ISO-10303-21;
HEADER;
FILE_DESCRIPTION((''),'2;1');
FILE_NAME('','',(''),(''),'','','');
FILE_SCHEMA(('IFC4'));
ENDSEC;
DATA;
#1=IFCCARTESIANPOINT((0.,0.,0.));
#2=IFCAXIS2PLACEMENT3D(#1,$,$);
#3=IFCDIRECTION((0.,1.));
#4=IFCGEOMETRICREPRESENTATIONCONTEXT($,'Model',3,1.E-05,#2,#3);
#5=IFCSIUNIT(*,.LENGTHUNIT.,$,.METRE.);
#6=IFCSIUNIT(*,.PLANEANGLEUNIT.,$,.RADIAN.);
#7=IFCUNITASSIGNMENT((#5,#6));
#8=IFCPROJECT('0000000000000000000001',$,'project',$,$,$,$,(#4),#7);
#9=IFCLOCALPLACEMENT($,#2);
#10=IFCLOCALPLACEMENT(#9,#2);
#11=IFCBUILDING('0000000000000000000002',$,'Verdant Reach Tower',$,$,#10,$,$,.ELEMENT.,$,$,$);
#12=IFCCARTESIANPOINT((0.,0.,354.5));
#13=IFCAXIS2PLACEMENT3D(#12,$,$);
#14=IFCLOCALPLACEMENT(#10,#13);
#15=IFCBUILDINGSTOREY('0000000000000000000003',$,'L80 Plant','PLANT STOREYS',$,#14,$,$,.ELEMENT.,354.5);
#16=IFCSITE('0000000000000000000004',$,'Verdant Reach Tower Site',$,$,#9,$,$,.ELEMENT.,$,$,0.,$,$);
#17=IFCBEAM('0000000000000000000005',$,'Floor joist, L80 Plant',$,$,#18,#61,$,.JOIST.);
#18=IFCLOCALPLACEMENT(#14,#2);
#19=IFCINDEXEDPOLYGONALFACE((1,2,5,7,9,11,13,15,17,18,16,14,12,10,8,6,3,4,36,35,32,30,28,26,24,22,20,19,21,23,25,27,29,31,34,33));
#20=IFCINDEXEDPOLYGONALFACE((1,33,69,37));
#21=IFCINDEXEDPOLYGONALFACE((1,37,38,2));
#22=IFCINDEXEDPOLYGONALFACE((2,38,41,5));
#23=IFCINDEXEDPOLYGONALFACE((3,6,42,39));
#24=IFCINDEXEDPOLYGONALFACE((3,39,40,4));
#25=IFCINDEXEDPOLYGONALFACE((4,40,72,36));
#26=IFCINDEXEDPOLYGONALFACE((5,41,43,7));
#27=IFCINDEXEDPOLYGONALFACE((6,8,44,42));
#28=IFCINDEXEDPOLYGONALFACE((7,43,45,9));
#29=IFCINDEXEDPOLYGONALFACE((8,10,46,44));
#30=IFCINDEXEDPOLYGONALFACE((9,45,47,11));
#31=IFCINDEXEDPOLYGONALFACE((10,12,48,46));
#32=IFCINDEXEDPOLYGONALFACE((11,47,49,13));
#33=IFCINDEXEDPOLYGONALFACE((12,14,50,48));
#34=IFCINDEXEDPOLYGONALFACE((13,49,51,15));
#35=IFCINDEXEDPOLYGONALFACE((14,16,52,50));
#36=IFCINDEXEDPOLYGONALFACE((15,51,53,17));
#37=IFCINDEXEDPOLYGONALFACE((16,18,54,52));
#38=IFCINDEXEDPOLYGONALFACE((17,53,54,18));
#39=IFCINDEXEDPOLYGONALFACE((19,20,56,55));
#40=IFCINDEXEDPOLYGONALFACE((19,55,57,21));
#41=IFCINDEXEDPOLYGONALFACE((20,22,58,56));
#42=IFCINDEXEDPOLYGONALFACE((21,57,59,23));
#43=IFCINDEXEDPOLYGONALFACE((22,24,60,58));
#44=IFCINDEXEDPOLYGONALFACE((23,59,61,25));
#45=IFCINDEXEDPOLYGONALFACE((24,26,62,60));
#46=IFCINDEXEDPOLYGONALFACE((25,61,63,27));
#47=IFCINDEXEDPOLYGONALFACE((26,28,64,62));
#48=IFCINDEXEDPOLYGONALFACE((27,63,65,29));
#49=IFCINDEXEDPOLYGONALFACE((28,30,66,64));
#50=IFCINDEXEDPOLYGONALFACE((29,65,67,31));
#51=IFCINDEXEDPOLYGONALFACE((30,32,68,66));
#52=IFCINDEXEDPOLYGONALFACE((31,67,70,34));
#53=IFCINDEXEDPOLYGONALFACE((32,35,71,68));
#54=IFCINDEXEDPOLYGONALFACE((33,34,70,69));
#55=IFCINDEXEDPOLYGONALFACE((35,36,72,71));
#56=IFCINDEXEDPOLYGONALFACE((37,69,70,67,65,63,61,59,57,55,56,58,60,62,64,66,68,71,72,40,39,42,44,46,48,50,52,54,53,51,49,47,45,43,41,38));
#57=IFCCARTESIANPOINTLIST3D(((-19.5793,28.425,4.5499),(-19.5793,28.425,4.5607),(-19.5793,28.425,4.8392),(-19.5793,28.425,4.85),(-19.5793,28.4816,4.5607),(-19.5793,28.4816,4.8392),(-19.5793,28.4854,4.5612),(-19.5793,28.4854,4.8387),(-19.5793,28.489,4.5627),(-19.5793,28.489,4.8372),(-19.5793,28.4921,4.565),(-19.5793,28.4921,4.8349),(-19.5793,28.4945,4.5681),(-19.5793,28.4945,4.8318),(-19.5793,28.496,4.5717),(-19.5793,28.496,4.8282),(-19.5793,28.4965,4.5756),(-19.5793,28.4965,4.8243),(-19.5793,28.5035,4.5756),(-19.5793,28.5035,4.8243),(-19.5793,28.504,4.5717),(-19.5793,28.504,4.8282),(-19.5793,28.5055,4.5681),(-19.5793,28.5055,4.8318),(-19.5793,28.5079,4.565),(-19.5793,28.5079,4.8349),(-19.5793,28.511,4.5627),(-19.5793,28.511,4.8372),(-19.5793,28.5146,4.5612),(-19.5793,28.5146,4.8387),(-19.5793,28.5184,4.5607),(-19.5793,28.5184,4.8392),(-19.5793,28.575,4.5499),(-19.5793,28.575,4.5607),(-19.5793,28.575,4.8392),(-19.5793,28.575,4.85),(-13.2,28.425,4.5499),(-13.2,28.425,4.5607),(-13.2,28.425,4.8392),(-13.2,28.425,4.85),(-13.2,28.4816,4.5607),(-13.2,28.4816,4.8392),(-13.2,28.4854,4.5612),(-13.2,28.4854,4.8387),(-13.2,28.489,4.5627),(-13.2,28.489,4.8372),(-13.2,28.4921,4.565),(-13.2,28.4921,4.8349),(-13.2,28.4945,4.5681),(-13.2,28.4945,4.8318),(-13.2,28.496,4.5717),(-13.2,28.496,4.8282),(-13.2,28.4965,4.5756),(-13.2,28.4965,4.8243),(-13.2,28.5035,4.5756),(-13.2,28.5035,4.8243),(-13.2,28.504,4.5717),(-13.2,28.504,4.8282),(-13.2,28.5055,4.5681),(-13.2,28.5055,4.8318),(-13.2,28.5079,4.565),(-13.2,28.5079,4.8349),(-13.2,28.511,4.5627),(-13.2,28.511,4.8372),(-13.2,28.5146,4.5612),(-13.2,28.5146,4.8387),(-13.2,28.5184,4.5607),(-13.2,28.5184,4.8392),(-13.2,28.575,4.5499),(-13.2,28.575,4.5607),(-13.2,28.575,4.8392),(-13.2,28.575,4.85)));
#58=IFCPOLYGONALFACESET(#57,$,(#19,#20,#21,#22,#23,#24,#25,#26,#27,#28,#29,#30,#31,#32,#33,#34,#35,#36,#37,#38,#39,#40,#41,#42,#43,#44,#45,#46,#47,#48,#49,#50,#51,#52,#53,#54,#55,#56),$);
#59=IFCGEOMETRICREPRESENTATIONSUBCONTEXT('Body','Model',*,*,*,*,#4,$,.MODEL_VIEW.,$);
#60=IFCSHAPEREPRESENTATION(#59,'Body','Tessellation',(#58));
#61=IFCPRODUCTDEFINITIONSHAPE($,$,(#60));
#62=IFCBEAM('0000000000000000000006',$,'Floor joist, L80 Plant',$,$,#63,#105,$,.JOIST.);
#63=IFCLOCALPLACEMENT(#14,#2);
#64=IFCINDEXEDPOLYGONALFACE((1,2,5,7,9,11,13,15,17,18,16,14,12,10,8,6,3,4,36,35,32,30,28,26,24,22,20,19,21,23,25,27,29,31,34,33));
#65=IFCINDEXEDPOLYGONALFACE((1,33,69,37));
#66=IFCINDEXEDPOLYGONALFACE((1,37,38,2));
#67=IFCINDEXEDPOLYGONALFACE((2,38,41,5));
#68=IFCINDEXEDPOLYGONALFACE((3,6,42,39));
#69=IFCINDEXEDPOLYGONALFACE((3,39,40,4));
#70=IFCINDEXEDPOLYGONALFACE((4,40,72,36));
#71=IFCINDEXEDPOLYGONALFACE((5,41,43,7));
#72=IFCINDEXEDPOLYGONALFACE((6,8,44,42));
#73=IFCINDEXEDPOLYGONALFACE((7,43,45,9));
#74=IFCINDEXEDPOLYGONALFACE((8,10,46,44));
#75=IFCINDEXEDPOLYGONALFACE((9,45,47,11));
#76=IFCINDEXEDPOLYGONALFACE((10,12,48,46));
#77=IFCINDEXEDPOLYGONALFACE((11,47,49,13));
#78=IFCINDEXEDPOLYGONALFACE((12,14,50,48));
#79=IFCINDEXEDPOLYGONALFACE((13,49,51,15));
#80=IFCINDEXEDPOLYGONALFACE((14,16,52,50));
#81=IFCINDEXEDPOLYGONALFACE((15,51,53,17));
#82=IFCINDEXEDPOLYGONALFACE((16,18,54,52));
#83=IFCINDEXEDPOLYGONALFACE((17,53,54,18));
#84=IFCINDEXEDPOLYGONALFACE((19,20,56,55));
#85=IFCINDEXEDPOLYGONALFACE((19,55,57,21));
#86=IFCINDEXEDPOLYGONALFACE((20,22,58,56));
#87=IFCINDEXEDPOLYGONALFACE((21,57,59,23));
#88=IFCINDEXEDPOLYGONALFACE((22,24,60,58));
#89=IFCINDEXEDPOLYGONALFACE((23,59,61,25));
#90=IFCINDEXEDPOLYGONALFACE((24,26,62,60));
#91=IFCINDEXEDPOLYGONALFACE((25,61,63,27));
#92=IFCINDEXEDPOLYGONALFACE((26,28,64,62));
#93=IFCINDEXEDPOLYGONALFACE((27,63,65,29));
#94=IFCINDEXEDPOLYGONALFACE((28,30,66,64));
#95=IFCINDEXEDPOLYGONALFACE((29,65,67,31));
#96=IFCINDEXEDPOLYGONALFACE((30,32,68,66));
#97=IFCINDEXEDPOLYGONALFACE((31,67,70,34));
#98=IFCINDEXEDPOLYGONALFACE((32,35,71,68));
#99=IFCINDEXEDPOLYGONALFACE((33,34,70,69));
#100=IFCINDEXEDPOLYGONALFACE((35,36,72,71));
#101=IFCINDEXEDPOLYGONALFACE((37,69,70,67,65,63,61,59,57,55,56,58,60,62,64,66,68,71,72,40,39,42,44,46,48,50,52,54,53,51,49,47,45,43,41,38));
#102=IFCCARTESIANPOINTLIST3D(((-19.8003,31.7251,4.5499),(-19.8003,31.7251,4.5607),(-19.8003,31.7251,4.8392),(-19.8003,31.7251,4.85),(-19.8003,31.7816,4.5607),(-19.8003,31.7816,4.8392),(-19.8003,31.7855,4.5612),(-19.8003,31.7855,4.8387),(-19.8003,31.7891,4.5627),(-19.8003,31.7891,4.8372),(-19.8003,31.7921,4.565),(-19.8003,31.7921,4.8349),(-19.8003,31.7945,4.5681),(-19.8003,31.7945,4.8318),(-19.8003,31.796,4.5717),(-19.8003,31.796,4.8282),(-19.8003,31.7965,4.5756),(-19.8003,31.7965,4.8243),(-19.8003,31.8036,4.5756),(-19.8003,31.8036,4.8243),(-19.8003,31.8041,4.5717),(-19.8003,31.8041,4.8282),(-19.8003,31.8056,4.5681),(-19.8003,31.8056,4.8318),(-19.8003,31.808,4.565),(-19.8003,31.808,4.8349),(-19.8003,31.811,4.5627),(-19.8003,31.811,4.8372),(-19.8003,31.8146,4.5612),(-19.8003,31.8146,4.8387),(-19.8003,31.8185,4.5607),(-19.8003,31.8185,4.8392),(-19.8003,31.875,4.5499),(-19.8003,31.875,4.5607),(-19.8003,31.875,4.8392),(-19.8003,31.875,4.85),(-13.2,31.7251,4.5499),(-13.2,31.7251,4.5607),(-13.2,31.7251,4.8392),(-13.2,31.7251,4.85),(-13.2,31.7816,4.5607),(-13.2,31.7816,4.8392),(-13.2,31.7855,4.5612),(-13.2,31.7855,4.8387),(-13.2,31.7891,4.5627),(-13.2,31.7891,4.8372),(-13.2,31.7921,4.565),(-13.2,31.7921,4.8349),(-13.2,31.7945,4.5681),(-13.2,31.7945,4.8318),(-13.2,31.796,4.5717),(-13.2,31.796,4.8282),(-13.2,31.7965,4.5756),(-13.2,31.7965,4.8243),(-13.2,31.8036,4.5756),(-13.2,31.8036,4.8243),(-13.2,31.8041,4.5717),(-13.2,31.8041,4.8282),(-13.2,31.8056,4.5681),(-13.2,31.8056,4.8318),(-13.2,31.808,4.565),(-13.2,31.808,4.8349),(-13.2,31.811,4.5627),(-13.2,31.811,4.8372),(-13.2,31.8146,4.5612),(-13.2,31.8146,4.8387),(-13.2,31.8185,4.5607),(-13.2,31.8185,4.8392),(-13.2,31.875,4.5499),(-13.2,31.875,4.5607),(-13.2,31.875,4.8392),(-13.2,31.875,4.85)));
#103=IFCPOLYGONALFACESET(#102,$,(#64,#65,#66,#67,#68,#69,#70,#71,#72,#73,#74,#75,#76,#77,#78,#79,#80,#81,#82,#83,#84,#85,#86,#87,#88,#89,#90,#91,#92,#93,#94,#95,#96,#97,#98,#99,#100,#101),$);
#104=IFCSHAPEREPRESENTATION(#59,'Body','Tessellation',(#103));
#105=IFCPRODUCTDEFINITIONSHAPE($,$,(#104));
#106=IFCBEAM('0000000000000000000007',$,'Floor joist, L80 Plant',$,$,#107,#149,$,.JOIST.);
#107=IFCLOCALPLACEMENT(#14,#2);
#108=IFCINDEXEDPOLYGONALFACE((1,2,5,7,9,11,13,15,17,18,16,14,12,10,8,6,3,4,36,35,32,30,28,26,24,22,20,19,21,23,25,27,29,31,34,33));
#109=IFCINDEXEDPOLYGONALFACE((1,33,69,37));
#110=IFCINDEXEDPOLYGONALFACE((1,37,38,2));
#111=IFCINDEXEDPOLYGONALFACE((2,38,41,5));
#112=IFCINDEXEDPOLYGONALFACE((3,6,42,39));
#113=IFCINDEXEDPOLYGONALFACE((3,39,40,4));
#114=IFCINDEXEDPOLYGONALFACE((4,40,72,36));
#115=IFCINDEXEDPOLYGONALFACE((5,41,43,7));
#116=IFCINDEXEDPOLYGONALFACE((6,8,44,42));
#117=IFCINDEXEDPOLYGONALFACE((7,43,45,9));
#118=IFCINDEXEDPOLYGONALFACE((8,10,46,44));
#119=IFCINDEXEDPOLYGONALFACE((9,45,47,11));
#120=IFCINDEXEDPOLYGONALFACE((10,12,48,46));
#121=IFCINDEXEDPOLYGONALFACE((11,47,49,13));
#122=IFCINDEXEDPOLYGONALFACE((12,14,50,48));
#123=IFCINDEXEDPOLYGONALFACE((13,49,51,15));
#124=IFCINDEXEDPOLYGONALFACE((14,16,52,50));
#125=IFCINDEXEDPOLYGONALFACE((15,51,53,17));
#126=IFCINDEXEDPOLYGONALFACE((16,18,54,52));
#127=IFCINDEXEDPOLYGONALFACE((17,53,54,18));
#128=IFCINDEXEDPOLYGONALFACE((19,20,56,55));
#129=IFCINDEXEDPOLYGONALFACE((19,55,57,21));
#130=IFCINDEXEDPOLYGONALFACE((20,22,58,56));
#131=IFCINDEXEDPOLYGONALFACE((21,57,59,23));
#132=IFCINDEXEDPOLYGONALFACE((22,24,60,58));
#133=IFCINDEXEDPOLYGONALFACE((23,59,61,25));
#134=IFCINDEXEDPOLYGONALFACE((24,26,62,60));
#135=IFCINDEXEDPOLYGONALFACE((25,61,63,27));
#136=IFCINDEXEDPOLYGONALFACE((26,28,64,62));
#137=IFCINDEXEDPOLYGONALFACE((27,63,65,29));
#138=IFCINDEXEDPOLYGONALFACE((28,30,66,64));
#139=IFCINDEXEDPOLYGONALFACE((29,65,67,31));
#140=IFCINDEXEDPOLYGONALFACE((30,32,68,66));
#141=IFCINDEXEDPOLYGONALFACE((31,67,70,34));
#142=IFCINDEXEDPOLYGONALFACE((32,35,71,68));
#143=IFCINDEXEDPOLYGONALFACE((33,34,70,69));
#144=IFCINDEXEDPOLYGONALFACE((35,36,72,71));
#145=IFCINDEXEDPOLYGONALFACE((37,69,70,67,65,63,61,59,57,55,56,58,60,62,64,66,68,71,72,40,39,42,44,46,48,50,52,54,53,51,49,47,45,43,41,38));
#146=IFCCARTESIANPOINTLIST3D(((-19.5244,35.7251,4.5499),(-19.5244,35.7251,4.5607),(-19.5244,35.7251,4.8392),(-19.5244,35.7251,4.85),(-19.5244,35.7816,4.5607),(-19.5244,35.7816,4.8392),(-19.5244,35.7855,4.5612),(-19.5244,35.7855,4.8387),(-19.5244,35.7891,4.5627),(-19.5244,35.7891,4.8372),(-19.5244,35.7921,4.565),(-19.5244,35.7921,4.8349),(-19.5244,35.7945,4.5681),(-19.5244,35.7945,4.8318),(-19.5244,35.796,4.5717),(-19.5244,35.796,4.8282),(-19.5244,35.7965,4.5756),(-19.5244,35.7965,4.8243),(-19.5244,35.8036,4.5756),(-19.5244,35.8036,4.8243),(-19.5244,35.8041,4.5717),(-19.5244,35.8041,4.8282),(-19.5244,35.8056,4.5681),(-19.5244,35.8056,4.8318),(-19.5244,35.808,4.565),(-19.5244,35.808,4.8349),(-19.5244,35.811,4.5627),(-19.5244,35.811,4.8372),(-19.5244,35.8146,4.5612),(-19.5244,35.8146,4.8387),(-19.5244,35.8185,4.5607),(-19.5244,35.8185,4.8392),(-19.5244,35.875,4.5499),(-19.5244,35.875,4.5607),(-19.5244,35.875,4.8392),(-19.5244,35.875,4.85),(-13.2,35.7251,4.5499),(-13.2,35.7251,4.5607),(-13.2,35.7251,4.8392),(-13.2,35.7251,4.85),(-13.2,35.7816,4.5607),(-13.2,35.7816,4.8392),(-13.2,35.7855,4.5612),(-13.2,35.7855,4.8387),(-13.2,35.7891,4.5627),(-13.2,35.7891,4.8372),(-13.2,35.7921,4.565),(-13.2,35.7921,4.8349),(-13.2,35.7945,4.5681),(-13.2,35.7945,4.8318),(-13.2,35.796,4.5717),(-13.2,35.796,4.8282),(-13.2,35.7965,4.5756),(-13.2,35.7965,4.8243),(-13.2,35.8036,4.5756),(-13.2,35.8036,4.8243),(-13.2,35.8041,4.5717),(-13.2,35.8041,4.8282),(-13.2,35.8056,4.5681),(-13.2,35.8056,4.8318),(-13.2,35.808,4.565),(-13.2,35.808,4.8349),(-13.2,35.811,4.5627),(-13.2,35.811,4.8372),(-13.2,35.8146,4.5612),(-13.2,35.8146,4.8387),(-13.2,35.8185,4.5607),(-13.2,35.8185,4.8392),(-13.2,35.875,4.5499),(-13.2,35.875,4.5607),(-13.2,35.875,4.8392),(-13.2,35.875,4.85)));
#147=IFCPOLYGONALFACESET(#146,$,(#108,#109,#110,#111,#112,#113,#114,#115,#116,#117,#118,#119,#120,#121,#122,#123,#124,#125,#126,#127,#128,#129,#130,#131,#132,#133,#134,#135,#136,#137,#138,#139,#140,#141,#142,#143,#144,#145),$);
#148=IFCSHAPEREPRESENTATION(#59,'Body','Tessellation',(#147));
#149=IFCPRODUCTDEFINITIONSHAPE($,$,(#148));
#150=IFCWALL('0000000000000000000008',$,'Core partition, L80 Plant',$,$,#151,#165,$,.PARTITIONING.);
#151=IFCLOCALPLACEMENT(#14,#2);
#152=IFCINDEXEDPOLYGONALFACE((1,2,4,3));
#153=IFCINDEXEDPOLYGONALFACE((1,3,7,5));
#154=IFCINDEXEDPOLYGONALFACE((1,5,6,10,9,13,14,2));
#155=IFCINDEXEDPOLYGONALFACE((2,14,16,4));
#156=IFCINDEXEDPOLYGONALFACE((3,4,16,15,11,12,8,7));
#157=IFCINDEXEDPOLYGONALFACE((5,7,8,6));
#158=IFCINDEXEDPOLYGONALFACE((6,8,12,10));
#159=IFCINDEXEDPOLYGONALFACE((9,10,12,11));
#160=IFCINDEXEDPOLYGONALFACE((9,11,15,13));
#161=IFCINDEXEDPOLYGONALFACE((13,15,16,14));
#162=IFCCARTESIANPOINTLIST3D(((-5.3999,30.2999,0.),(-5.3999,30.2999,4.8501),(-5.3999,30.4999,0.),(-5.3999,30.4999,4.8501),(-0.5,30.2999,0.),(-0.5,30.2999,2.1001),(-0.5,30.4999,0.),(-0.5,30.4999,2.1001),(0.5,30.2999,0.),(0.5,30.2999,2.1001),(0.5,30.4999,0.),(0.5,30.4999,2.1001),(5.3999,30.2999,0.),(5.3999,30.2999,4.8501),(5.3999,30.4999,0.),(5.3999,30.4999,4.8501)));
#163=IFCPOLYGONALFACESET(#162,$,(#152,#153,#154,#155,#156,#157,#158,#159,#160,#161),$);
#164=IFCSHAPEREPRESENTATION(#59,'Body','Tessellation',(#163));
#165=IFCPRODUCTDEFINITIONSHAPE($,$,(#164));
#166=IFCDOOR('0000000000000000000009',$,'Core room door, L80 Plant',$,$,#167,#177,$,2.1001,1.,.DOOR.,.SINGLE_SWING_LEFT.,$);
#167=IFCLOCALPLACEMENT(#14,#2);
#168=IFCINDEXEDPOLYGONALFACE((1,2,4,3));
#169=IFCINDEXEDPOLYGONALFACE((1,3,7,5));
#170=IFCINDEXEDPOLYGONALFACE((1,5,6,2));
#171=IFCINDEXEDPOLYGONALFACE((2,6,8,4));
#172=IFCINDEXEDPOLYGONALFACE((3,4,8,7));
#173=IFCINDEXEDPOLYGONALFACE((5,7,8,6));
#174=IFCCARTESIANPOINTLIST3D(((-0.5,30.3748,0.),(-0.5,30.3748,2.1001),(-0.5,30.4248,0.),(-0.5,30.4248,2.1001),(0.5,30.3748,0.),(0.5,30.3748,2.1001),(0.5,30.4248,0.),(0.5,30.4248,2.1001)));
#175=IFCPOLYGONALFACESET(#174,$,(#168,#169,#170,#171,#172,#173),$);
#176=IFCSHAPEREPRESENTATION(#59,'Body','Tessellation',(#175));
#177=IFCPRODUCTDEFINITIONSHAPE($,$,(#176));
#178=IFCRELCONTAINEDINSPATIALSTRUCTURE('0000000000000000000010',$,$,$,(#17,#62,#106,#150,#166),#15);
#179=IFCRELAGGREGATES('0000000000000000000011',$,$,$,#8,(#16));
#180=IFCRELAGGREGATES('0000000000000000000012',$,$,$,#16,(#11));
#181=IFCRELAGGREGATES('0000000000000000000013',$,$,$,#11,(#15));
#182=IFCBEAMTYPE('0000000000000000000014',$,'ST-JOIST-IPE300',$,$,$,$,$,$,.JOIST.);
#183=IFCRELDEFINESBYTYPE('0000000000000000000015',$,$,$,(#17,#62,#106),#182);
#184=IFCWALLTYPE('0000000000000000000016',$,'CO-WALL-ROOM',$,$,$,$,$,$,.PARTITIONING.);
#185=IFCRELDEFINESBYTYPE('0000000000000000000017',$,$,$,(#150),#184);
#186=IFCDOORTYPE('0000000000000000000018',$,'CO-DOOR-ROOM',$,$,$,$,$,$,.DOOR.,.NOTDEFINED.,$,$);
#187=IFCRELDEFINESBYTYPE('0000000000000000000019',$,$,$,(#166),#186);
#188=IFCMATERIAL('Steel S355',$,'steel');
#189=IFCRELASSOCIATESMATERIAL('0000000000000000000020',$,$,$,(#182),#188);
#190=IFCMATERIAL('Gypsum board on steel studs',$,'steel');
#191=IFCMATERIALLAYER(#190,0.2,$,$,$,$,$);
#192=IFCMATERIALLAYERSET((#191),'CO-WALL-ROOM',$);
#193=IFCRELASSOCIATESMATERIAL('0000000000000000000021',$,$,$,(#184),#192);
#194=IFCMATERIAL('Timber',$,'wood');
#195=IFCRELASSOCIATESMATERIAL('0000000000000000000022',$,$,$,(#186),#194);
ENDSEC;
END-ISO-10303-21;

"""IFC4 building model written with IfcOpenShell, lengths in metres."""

from ifc_helpers import new_model, si_unit, direction, frame, frame_2d, origin, origin_2d, place, context, subcontext, project, spatial, rectangle, i_section, extrude, material, layer, layer_set, material_profile, profile_set, type_object, element, fill, save


model = new_model("IFC4")

# Units and contexts
model_context = context("Model", 3, precision=1e-05, world=origin(), true_north=direction((0.0, 1.0)))
body_context = subcontext(model_context, "Body", "Model", "MODEL_VIEW")
ifc_project = project(units=[si_unit("LENGTHUNIT", "METRE"), si_unit("PLANEANGLEUNIT", "RADIAN")], contexts=[model_context])

# Site, building, storey
site_placement = place(None, origin())
site = spatial("IfcSite", under=ifc_project, at=site_placement, Name="Verdant Reach Tower Site", CompositionType="ELEMENT", RefElevation=0.0)
building_placement = place(site_placement, origin())
building = spatial("IfcBuilding", under=site, at=building_placement, Name="Verdant Reach Tower", CompositionType="ELEMENT")
storey_placement = place(building_placement, frame((0.0, 0.0, 354.5)))
storey = spatial("IfcBuildingStorey", under=building, at=storey_placement, Name="L80 Plant", Description="PLANT STOREYS", CompositionType="ELEMENT", Elevation=354.5)

# Beams
ifc_material_1 = material(Name="Steel S355", Category="steel")
ifc_material_profile = material_profile(ifc_material_1, i_section(OverallWidth=0.1499, OverallDepth=0.3, WebThickness=0.0071, FlangeThickness=0.0107, FilletRadius=0.0149, at=origin_2d()), Name="IPE 300")
ifc_profile_set = profile_set([ifc_material_profile], Name="Steel S355")
beam_type = type_object("IfcBeamType", Name="ST-JOIST-IPE300", PredefinedType="JOIST", material=ifc_profile_set)
beam_1_placement = place(storey_placement, frame((-13.2, 28.5, 4.7), z_axis=(-1.0, 0.0, 0.0), x_axis=(0.0, -1.0, 0.0)))
element("IfcBeam", 1, at=beam_1_placement, inside=storey, type_object=beam_type, Name="Floor joist, L80 Plant", PredefinedType="JOIST", context=body_context, shape_type="SweptSolid", body=[
    extrude(i_section(OverallWidth=0.1499, OverallDepth=0.3, WebThickness=0.0071, FlangeThickness=0.0107, FilletRadius=0.0149, at=origin_2d()), origin(), (0.0, 0.0, 1.0), 6.3794),
])
beam_2_placement = place(storey_placement, frame((-13.2, 31.8, 4.7), z_axis=(-1.0, 0.0, 0.0), x_axis=(0.0, -1.0, 0.0)))
element("IfcBeam", 2, at=beam_2_placement, inside=storey, type_object=beam_type, Name="Floor joist, L80 Plant", PredefinedType="JOIST", context=body_context, shape_type="SweptSolid", body=[
    extrude(i_section(OverallWidth=0.1499, OverallDepth=0.3, WebThickness=0.0071, FlangeThickness=0.0107, FilletRadius=0.0149, at=origin_2d()), origin(), (0.0, 0.0, 1.0), 6.6003),
])
beam_3_placement = place(storey_placement, frame((-13.2, 35.8, 4.7), z_axis=(-1.0, 0.0, 0.0), x_axis=(0.0, -1.0, 0.0)))
element("IfcBeam", 3, at=beam_3_placement, inside=storey, type_object=beam_type, Name="Floor joist, L80 Plant", PredefinedType="JOIST", context=body_context, shape_type="SweptSolid", body=[
    extrude(i_section(OverallWidth=0.1499, OverallDepth=0.3, WebThickness=0.0071, FlangeThickness=0.0107, FilletRadius=0.0149, at=origin_2d()), origin(), (0.0, 0.0, 1.0), 6.3245),
])

# Wall, opening, door
ifc_material_2 = material(Name="Gypsum board on steel studs", Category="steel")
ifc_layer_1 = layer(ifc_material_2, 0.2)
ifc_layer_set_1 = layer_set([ifc_layer_1], Name="CO-WALL-ROOM")
wall_type_1 = type_object("IfcWallType", Name="CO-WALL-ROOM", PredefinedType="PARTITIONING", material=ifc_layer_set_1)
wall_1_placement = place(storey_placement, frame((-5.3999, 30.3999, 0.0), z_axis=(0.0, 0.0, 1.0), x_axis=(1.0, 0.0, 0.0)))
wall_1 = element("IfcWall", 4, at=wall_1_placement, inside=storey, type_object=wall_type_1, Name="Core partition, L80 Plant", PredefinedType="PARTITIONING", context=body_context, shape_type="SweptSolid", body=[
    extrude(rectangle(XDim=10.7998, YDim=0.2, at=frame_2d((5.3999, 0.0))), origin(), (0.0, 0.0, 1.0), 4.8501),
])
opening_1_placement = place(wall_1_placement, frame((4.8999, 0.0, 0.0)))
opening_1 = element("IfcOpeningElement", 5, at=opening_1_placement, cuts=wall_1, PredefinedType="OPENING", context=body_context, shape_type="SweptSolid", body=[
    extrude(rectangle(XDim=1.0, YDim=2.1001, at=frame_2d((0.5, 1.05))), frame((0.0, 0.1099, 0.0), z_axis=(0.0, -1.0, 0.0), x_axis=(1.0, 0.0, 0.0)), (0.0, 0.0, 1.0), 0.22),
])
ifc_material_3 = material(Name="Timber", Category="wood")
door_type_1 = type_object("IfcDoorType", Name="CO-DOOR-ROOM", OperationType="NOTDEFINED", PredefinedType="DOOR", material=ifc_material_3)
door_1_placement = place(opening_1_placement, origin())
door_1 = element("IfcDoor", 6, at=door_1_placement, inside=storey, type_object=door_type_1, Name="Core room door, L80 Plant", OperationType="SINGLE_SWING_LEFT", OverallHeight=2.1001, OverallWidth=1.0, PredefinedType="DOOR", context=body_context, shape_type="SweptSolid", body=[
    extrude(rectangle(XDim=1.0, YDim=2.1001, at=frame_2d((0.5, 1.05))), frame((0.0, 0.0249, 0.0), z_axis=(0.0, -1.0, 0.0), x_axis=(1.0, 0.0, 0.0)), (0.0, 0.0, 1.0), 0.05),
])
fill(opening_1, door_1)

save(model, "model.ifc")
